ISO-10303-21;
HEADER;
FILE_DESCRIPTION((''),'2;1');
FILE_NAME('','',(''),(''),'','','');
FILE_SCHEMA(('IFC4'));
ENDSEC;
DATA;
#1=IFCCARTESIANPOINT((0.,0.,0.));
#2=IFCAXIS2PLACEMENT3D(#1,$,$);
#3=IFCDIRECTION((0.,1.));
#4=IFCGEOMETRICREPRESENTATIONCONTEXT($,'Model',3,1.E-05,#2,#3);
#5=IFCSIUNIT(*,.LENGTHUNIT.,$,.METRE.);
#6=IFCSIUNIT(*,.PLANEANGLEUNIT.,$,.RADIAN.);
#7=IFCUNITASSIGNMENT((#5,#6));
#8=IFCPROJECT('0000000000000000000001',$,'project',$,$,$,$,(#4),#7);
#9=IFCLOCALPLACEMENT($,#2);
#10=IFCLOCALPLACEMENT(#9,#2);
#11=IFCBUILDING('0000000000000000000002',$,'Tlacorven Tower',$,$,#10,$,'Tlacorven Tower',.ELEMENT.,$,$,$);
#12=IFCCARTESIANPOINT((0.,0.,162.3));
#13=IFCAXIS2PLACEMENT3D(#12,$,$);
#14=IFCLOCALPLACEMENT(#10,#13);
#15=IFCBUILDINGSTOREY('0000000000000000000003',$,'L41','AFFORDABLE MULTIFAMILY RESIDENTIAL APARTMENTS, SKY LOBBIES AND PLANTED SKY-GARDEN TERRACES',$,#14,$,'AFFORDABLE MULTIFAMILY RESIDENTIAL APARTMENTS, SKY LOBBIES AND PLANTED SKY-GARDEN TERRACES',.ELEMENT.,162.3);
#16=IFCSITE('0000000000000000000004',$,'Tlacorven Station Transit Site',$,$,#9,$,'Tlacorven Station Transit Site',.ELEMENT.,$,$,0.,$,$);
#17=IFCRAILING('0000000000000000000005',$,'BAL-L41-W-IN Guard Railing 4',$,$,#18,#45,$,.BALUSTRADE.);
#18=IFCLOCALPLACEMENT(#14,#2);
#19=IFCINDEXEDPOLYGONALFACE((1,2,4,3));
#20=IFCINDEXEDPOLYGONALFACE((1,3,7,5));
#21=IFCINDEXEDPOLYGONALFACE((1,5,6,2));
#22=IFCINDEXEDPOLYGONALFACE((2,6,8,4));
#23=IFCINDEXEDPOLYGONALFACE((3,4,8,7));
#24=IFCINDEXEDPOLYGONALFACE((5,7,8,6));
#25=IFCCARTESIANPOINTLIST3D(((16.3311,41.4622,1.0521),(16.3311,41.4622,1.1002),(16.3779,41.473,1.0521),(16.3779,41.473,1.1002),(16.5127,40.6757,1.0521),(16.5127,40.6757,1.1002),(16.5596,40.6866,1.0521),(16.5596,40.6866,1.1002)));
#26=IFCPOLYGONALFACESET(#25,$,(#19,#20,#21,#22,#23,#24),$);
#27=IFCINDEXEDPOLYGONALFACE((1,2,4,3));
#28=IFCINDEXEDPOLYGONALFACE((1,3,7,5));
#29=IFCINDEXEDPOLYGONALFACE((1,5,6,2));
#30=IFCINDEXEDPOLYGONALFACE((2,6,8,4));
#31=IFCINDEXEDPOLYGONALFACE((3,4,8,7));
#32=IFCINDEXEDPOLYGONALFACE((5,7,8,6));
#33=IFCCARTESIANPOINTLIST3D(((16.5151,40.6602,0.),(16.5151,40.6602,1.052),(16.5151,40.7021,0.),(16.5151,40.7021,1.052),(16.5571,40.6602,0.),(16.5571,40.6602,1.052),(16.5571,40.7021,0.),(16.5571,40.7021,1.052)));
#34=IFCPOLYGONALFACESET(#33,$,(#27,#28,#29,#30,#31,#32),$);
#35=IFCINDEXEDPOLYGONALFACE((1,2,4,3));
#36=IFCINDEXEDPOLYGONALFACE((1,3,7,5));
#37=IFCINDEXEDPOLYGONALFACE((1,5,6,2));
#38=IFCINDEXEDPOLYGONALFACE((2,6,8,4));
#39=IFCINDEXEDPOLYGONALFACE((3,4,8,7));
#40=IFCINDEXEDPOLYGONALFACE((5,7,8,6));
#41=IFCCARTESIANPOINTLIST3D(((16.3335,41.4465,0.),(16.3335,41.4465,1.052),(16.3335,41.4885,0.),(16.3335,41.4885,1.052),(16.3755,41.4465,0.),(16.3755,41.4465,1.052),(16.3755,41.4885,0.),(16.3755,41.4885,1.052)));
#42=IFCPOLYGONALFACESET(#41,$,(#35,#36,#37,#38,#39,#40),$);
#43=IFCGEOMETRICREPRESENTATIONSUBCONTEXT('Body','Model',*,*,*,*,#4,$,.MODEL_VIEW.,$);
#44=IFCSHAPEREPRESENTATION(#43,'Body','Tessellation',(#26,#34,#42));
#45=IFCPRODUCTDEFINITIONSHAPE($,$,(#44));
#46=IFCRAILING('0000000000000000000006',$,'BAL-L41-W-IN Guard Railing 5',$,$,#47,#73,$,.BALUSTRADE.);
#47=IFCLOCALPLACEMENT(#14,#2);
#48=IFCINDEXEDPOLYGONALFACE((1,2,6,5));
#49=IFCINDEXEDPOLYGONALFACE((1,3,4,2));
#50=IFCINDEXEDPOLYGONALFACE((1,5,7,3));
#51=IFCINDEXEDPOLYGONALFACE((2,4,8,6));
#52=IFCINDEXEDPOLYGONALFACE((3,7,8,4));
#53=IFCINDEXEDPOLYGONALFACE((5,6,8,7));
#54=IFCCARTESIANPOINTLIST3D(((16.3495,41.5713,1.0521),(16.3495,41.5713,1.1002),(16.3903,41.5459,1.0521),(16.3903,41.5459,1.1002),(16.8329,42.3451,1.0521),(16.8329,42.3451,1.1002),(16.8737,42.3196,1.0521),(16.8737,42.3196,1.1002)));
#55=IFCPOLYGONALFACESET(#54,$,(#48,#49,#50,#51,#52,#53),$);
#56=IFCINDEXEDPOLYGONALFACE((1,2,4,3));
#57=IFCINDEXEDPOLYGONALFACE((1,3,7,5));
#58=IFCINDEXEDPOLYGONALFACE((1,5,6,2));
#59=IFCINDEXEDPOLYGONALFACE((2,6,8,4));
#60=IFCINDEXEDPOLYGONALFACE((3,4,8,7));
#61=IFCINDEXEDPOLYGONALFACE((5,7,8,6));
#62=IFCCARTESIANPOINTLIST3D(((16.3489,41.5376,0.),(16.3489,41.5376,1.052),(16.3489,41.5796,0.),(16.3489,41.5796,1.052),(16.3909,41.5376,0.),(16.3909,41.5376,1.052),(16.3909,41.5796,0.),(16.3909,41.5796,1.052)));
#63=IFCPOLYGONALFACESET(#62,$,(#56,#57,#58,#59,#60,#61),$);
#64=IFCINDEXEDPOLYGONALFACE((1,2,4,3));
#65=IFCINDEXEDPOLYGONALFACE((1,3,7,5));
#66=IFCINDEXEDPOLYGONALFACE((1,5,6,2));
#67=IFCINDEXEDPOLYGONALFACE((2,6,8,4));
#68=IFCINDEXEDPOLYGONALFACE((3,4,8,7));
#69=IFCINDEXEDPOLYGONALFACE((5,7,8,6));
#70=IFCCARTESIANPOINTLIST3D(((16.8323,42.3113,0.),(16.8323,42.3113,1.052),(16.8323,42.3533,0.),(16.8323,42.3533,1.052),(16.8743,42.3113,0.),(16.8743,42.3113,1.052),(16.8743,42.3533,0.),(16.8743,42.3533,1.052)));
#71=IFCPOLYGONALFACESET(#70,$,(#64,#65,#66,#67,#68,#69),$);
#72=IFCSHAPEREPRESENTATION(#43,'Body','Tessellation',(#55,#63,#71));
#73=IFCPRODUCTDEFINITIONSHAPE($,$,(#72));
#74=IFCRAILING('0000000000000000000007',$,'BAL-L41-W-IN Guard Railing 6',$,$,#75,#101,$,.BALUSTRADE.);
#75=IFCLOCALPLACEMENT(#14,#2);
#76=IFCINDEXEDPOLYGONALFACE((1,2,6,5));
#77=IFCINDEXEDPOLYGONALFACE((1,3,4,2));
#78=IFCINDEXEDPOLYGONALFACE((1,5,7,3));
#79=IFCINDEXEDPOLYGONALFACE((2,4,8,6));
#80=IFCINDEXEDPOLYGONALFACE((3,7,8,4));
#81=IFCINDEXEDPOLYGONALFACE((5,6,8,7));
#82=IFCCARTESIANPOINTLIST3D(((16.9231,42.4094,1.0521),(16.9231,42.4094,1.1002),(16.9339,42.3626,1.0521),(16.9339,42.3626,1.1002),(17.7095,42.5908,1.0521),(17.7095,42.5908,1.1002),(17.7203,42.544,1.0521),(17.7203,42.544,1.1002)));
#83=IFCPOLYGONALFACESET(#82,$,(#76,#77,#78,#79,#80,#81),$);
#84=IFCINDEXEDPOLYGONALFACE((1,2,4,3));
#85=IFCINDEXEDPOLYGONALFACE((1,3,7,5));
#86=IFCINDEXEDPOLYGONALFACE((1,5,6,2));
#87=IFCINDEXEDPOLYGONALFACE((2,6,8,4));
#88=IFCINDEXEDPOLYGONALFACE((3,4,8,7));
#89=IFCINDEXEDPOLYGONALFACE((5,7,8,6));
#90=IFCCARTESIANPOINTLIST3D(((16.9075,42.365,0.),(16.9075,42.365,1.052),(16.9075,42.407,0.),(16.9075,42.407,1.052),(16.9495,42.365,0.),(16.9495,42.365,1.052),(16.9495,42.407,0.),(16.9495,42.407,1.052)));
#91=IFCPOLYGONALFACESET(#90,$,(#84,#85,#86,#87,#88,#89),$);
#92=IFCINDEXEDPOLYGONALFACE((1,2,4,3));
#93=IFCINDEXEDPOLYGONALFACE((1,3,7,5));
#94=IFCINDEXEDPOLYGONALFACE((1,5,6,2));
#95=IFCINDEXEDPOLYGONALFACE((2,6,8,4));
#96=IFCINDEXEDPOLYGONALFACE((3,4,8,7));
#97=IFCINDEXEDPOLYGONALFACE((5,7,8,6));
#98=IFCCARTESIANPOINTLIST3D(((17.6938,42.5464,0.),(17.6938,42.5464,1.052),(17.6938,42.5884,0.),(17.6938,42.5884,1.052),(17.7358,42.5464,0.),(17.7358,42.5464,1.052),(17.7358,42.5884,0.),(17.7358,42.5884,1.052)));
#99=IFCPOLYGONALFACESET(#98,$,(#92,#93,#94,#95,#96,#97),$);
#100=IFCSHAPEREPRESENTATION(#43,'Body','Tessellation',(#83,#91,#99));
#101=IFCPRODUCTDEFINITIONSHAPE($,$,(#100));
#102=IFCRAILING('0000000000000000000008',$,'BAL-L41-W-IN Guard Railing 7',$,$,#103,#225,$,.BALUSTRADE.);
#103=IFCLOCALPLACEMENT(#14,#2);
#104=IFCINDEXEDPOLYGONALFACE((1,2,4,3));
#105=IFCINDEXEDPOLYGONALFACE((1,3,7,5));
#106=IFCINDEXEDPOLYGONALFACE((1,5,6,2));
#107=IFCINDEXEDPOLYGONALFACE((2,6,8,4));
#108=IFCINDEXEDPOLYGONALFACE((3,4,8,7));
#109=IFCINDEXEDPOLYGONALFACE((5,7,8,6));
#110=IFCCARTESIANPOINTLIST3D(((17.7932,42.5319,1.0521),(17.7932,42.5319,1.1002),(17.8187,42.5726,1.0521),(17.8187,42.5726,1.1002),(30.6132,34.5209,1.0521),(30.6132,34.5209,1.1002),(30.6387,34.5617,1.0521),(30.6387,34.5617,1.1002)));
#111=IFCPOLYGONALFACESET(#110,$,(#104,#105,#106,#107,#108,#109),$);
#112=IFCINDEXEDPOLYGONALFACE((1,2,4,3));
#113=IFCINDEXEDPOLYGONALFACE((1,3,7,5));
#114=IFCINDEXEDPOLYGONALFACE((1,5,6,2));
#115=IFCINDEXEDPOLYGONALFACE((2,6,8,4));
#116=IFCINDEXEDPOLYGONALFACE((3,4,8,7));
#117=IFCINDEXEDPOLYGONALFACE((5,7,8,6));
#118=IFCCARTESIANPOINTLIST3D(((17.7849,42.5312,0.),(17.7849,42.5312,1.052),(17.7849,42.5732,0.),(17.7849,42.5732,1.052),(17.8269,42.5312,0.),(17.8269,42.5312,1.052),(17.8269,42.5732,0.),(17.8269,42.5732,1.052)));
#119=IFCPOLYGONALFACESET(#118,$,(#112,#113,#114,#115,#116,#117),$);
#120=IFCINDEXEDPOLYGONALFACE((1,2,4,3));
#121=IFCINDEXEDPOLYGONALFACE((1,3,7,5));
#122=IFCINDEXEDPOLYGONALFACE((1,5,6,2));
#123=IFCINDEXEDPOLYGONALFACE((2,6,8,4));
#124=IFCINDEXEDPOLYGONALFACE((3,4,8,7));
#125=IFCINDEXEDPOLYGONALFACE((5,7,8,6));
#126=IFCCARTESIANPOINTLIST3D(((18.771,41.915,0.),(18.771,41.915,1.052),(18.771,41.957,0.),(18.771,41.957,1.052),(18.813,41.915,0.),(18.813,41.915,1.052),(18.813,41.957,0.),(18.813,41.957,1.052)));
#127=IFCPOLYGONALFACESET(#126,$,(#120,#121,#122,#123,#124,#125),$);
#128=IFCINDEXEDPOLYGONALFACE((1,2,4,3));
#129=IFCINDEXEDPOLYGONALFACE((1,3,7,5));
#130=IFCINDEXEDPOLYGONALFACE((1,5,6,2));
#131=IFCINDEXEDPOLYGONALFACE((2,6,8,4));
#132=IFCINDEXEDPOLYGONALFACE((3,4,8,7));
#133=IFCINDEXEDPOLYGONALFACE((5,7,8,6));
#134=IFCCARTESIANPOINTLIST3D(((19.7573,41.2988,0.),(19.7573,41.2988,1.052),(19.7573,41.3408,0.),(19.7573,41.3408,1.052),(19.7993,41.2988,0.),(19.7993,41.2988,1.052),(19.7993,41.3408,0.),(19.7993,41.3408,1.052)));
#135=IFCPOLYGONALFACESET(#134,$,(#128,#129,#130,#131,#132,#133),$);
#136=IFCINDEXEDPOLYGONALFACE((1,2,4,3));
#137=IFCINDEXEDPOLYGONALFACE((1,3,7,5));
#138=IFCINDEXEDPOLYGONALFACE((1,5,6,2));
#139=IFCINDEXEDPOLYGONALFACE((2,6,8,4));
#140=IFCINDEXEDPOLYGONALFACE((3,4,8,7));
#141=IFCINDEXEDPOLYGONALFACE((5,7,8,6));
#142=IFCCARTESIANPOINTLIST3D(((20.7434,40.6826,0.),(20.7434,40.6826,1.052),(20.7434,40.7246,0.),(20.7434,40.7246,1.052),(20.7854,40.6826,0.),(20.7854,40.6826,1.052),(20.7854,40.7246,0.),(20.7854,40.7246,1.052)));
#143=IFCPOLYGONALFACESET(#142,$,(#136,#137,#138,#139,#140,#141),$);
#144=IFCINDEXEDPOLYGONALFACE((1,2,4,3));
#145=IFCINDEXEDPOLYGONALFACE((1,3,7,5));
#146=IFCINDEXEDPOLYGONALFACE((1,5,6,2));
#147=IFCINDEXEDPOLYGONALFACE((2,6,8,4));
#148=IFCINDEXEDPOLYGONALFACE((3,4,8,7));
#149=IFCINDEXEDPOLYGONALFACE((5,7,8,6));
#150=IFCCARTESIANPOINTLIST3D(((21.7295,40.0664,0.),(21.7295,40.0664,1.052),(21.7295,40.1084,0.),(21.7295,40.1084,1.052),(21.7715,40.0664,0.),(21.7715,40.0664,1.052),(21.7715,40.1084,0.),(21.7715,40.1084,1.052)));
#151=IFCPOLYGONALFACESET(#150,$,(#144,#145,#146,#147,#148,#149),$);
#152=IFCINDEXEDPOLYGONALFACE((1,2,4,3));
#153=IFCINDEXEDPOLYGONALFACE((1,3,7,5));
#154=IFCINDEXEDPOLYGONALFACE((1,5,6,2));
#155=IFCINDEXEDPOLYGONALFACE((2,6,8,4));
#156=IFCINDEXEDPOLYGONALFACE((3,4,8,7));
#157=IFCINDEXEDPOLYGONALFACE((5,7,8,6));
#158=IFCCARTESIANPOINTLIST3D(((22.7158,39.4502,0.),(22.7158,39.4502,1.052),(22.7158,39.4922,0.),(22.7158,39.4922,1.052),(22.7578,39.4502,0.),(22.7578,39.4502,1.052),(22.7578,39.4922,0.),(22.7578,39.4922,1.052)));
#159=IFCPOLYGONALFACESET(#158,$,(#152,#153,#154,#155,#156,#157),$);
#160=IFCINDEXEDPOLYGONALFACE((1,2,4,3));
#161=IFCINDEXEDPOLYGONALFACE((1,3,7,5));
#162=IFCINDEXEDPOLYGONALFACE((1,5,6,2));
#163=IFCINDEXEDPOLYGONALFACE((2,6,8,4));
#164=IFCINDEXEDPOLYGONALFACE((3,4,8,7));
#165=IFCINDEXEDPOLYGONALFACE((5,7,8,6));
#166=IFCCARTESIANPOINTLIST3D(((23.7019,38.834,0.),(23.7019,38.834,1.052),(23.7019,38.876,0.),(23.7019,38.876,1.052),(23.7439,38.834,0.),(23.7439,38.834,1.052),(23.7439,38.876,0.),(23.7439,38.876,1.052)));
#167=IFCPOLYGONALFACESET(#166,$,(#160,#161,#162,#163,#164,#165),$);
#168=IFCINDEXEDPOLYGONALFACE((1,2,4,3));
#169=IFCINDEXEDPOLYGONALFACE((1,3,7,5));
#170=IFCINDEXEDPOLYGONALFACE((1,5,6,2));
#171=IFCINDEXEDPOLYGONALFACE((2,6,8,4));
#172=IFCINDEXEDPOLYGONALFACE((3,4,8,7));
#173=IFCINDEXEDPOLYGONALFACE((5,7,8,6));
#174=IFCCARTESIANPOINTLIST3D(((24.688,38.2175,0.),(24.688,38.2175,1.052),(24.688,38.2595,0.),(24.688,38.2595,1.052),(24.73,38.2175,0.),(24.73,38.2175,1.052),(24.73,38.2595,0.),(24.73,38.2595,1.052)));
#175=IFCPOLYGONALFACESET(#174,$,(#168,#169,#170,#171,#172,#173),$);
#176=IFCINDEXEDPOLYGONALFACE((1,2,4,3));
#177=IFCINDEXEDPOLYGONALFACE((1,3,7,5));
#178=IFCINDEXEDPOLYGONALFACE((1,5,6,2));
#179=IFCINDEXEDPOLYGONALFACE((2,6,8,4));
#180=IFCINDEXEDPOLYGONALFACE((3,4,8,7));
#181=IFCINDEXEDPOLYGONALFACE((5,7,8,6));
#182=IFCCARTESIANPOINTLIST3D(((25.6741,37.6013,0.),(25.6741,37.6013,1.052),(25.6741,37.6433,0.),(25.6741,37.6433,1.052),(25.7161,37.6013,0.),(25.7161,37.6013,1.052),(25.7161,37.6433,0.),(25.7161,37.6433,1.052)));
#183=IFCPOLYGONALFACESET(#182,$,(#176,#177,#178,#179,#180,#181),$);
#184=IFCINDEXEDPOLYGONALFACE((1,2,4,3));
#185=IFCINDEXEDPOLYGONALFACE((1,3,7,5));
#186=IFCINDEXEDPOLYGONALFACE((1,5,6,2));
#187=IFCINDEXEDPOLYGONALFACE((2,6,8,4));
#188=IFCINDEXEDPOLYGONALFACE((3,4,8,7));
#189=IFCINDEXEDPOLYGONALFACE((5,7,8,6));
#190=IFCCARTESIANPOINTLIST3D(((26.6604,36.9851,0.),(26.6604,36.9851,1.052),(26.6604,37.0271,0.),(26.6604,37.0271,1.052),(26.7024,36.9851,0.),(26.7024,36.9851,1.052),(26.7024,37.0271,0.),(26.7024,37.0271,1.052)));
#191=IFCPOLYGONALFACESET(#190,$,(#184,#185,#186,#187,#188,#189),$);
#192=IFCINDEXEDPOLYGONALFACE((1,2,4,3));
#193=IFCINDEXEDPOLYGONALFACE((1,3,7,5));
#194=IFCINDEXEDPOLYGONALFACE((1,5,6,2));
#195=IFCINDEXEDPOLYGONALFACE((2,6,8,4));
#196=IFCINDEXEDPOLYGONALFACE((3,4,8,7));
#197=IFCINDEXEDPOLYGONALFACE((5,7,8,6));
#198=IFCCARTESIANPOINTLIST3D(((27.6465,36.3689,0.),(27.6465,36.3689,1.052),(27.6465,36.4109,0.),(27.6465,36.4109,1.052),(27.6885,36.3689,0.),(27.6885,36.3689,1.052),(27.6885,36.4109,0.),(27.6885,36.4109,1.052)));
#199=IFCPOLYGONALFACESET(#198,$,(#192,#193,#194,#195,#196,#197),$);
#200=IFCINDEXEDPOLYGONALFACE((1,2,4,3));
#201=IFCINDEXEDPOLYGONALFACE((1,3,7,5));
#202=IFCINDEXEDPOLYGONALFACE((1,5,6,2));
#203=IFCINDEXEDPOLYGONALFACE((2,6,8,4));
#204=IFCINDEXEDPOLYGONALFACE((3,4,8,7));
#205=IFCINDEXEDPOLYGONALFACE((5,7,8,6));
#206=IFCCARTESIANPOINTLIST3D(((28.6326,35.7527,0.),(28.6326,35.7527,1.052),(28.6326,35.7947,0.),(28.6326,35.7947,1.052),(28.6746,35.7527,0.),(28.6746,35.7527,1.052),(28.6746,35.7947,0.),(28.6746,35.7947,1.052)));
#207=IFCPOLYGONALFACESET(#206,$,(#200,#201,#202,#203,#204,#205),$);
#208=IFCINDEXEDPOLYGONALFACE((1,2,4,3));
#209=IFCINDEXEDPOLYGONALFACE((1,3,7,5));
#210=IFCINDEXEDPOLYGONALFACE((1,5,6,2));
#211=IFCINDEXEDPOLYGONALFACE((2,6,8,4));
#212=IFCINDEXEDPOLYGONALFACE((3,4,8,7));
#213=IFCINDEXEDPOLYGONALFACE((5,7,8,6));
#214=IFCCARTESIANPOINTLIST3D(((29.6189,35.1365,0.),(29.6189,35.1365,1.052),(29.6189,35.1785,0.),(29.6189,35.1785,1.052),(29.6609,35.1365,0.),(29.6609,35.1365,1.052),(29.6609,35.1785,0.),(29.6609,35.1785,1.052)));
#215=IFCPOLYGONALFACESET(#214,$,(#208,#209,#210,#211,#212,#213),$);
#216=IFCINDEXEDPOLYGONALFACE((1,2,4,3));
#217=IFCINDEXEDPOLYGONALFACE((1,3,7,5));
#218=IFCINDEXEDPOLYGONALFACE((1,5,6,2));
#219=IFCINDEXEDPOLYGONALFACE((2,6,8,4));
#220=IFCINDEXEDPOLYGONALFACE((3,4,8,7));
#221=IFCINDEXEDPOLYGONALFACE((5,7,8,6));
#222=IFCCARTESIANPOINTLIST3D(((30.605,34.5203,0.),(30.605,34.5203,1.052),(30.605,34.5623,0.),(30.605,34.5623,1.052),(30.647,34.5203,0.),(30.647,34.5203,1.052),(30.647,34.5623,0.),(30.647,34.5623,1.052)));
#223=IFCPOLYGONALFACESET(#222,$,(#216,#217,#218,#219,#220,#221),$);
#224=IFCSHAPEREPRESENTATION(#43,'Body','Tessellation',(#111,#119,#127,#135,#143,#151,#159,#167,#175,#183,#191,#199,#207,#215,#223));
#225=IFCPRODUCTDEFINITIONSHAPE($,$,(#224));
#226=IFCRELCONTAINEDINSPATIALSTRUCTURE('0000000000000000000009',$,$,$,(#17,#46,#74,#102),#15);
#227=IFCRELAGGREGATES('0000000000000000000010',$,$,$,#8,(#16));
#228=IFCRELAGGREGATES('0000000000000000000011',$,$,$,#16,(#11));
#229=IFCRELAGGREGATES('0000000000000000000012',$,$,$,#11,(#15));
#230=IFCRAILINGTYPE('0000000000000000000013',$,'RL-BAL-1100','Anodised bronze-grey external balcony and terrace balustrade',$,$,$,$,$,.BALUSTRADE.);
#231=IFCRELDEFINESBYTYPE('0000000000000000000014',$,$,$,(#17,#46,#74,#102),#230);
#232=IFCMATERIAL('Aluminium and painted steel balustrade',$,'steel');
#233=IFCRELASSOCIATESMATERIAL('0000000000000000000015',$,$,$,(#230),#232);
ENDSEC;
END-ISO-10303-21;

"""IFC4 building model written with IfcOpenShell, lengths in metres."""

from ifc_helpers import new_model, si_unit, direction, frame, origin, origin_2d, place, context, subcontext, project, spatial, rectangle, extrude, source, transform, mapped, material, type_object, element, save


model = new_model("IFC4")

# Units and contexts
model_context = context("Model", 3, precision=1e-05, world=origin(), true_north=direction((0.0, 1.0)))
body_context = subcontext(model_context, "Body", "Model", "MODEL_VIEW")
ifc_project = project(units=[si_unit("LENGTHUNIT", "METRE"), si_unit("PLANEANGLEUNIT", "RADIAN")], contexts=[model_context])

# Site, building, storey
site_placement = place(None, origin())
site = spatial("IfcSite", under=ifc_project, at=site_placement, Name="Tlacorven Station Transit Site", LongName="Tlacorven Station Transit Site", CompositionType="ELEMENT", RefElevation=0.0)
building_placement = place(site_placement, origin())
building = spatial("IfcBuilding", under=site, at=building_placement, Name="Tlacorven Tower", LongName="Tlacorven Tower", CompositionType="ELEMENT")
storey_placement = place(building_placement, frame((0.0, 0.0, 162.3)))
storey = spatial("IfcBuildingStorey", under=building, at=storey_placement, Name="L41", Description="AFFORDABLE MULTIFAMILY RESIDENTIAL APARTMENTS, SKY LOBBIES AND PLANTED SKY-GARDEN TERRACES", LongName="AFFORDABLE MULTIFAMILY RESIDENTIAL APARTMENTS, SKY LOBBIES AND PLANTED SKY-GARDEN TERRACES", CompositionType="ELEMENT", Elevation=162.3)

# Railings
ifc_material_1 = material(Name="Aluminium and painted steel balustrade", Category="steel")
railing_type = type_object("IfcRailingType", Name="RL-BAL-1100", Description="Anodised bronze-grey external balcony and terrace balustrade", PredefinedType="BALUSTRADE", material=ifc_material_1)
shared_shape_1 = source(origin(), body_context, "Body", "SweptSolid", [
    extrude(rectangle(XDim=0.0481, YDim=0.0481, at=origin_2d()), frame((0.0, 0.0, 1.0762), z_axis=(-0.225058, 0.974345, 0.0), x_axis=(-0.974345, -0.225058, 0.0)), (0.0, 0.0, 1.0), 0.8071),
    extrude(rectangle(XDim=0.042, YDim=0.042, at=origin_2d()), origin(), (0.0, 0.0, 1.0), 1.052),
    extrude(rectangle(XDim=0.042, YDim=0.042, at=origin_2d()), frame((-0.1816, 0.7864, 0.0)), (0.0, 0.0, 1.0), 1.052),
])
railing_1_placement = place(storey_placement, frame((16.5361, 40.6812, 0.0)))
element("IfcRailing", 1, at=railing_1_placement, inside=storey, type_object=railing_type, Name="BAL-L41-W-IN Guard Railing 4", PredefinedType="BALUSTRADE", context=body_context, shape_type="MappedRepresentation", body=[
    mapped(shared_shape_1, transform((0.0, 0.0, 0.0), scale=1.0)),
])
shared_shape_2 = source(origin(), body_context, "Body", "SweptSolid", [
    extrude(rectangle(XDim=0.0481, YDim=0.0481, at=origin_2d()), frame((0.0, 0.0, 1.0762), z_axis=(0.529879, 0.848073, 0.0), x_axis=(-0.848073, 0.529879, 0.0)), (0.0, 0.0, 1.0), 0.9124),
    extrude(rectangle(XDim=0.042, YDim=0.042, at=origin_2d()), origin(), (0.0, 0.0, 1.0), 1.052),
    extrude(rectangle(XDim=0.042, YDim=0.042, at=origin_2d()), frame((0.4834, 0.7737, 0.0)), (0.0, 0.0, 1.0), 1.052),
])
railing_2_placement = place(storey_placement, frame((16.3699, 41.5586, 0.0)))
element("IfcRailing", 2, at=railing_2_placement, inside=storey, type_object=railing_type, Name="BAL-L41-W-IN Guard Railing 5", PredefinedType="BALUSTRADE", context=body_context, shape_type="MappedRepresentation", body=[
    mapped(shared_shape_2, transform((0.0, 0.0, 0.0), scale=1.0)),
])
shared_shape_3 = source(origin(), body_context, "Body", "SweptSolid", [
    extrude(rectangle(XDim=0.0481, YDim=0.0481, at=origin_2d()), frame((0.0, 0.0, 1.0762), z_axis=(0.974412, 0.224771, 0.0), x_axis=(-0.224771, 0.974412, 0.0)), (0.0, 0.0, 1.0), 0.8071),
    extrude(rectangle(XDim=0.042, YDim=0.042, at=origin_2d()), origin(), (0.0, 0.0, 1.0), 1.052),
    extrude(rectangle(XDim=0.042, YDim=0.042, at=origin_2d()), frame((0.7864, 0.1814, 0.0)), (0.0, 0.0, 1.0), 1.052),
])
railing_3_placement = place(storey_placement, frame((16.9285, 42.386, 0.0)))
element("IfcRailing", 3, at=railing_3_placement, inside=storey, type_object=railing_type, Name="BAL-L41-W-IN Guard Railing 6", PredefinedType="BALUSTRADE", context=body_context, shape_type="MappedRepresentation", body=[
    mapped(shared_shape_3, transform((0.0, 0.0, 0.0), scale=1.0)),
])
shared_shape_4 = source(origin(), body_context, "Body", "SweptSolid", [
    extrude(rectangle(XDim=0.0481, YDim=0.0481, at=origin_2d()), frame((0.0, 0.0, 1.0762), z_axis=(0.848045, -0.529925, 0.0), x_axis=(0.529925, 0.848045, 0.0)), (0.0, 0.0, 1.0), 15.1172),
    extrude(rectangle(XDim=0.042, YDim=0.042, at=origin_2d()), origin(), (0.0, 0.0, 1.0), 1.052),
    extrude(rectangle(XDim=0.042, YDim=0.042, at=origin_2d()), frame((0.9861, -0.6162, 0.0)), (0.0, 0.0, 1.0), 1.052),
    extrude(rectangle(XDim=0.042, YDim=0.042, at=origin_2d()), frame((1.9724, -1.2324, 0.0)), (0.0, 0.0, 1.0), 1.052),
    extrude(rectangle(XDim=0.042, YDim=0.042, at=origin_2d()), frame((2.9585, -1.8486, 0.0)), (0.0, 0.0, 1.0), 1.052),
    extrude(rectangle(XDim=0.042, YDim=0.042, at=origin_2d()), frame((3.9446, -2.4648, 0.0)), (0.0, 0.0, 1.0), 1.052),
    extrude(rectangle(XDim=0.042, YDim=0.042, at=origin_2d()), frame((4.9309, -3.0811, 0.0)), (0.0, 0.0, 1.0), 1.052),
    extrude(rectangle(XDim=0.042, YDim=0.042, at=origin_2d()), frame((5.917, -3.6973, 0.0)), (0.0, 0.0, 1.0), 1.052),
    extrude(rectangle(XDim=0.042, YDim=0.042, at=origin_2d()), frame((6.9031, -4.3137, 0.0)), (0.0, 0.0, 1.0), 1.052),
    extrude(rectangle(XDim=0.042, YDim=0.042, at=origin_2d()), frame((7.8892, -4.9299, 0.0)), (0.0, 0.0, 1.0), 1.052),
    extrude(rectangle(XDim=0.042, YDim=0.042, at=origin_2d()), frame((8.8755, -5.5461, 0.0)), (0.0, 0.0, 1.0), 1.052),
    extrude(rectangle(XDim=0.042, YDim=0.042, at=origin_2d()), frame((9.8616, -6.1624, 0.0)), (0.0, 0.0, 1.0), 1.052),
    extrude(rectangle(XDim=0.042, YDim=0.042, at=origin_2d()), frame((10.8477, -6.7786, 0.0)), (0.0, 0.0, 1.0), 1.052),
    extrude(rectangle(XDim=0.042, YDim=0.042, at=origin_2d()), frame((11.834, -7.3948, 0.0)), (0.0, 0.0, 1.0), 1.052),
    extrude(rectangle(XDim=0.042, YDim=0.042, at=origin_2d()), frame((12.8201, -8.011, 0.0)), (0.0, 0.0, 1.0), 1.052),
])
railing_4_placement = place(storey_placement, frame((17.8059, 42.5522, 0.0)))
element("IfcRailing", 4, at=railing_4_placement, inside=storey, type_object=railing_type, Name="BAL-L41-W-IN Guard Railing 7", PredefinedType="BALUSTRADE", context=body_context, shape_type="MappedRepresentation", body=[
    mapped(shared_shape_4, transform((0.0, 0.0, 0.0), scale=1.0)),
])

save(model, "model.ifc")
